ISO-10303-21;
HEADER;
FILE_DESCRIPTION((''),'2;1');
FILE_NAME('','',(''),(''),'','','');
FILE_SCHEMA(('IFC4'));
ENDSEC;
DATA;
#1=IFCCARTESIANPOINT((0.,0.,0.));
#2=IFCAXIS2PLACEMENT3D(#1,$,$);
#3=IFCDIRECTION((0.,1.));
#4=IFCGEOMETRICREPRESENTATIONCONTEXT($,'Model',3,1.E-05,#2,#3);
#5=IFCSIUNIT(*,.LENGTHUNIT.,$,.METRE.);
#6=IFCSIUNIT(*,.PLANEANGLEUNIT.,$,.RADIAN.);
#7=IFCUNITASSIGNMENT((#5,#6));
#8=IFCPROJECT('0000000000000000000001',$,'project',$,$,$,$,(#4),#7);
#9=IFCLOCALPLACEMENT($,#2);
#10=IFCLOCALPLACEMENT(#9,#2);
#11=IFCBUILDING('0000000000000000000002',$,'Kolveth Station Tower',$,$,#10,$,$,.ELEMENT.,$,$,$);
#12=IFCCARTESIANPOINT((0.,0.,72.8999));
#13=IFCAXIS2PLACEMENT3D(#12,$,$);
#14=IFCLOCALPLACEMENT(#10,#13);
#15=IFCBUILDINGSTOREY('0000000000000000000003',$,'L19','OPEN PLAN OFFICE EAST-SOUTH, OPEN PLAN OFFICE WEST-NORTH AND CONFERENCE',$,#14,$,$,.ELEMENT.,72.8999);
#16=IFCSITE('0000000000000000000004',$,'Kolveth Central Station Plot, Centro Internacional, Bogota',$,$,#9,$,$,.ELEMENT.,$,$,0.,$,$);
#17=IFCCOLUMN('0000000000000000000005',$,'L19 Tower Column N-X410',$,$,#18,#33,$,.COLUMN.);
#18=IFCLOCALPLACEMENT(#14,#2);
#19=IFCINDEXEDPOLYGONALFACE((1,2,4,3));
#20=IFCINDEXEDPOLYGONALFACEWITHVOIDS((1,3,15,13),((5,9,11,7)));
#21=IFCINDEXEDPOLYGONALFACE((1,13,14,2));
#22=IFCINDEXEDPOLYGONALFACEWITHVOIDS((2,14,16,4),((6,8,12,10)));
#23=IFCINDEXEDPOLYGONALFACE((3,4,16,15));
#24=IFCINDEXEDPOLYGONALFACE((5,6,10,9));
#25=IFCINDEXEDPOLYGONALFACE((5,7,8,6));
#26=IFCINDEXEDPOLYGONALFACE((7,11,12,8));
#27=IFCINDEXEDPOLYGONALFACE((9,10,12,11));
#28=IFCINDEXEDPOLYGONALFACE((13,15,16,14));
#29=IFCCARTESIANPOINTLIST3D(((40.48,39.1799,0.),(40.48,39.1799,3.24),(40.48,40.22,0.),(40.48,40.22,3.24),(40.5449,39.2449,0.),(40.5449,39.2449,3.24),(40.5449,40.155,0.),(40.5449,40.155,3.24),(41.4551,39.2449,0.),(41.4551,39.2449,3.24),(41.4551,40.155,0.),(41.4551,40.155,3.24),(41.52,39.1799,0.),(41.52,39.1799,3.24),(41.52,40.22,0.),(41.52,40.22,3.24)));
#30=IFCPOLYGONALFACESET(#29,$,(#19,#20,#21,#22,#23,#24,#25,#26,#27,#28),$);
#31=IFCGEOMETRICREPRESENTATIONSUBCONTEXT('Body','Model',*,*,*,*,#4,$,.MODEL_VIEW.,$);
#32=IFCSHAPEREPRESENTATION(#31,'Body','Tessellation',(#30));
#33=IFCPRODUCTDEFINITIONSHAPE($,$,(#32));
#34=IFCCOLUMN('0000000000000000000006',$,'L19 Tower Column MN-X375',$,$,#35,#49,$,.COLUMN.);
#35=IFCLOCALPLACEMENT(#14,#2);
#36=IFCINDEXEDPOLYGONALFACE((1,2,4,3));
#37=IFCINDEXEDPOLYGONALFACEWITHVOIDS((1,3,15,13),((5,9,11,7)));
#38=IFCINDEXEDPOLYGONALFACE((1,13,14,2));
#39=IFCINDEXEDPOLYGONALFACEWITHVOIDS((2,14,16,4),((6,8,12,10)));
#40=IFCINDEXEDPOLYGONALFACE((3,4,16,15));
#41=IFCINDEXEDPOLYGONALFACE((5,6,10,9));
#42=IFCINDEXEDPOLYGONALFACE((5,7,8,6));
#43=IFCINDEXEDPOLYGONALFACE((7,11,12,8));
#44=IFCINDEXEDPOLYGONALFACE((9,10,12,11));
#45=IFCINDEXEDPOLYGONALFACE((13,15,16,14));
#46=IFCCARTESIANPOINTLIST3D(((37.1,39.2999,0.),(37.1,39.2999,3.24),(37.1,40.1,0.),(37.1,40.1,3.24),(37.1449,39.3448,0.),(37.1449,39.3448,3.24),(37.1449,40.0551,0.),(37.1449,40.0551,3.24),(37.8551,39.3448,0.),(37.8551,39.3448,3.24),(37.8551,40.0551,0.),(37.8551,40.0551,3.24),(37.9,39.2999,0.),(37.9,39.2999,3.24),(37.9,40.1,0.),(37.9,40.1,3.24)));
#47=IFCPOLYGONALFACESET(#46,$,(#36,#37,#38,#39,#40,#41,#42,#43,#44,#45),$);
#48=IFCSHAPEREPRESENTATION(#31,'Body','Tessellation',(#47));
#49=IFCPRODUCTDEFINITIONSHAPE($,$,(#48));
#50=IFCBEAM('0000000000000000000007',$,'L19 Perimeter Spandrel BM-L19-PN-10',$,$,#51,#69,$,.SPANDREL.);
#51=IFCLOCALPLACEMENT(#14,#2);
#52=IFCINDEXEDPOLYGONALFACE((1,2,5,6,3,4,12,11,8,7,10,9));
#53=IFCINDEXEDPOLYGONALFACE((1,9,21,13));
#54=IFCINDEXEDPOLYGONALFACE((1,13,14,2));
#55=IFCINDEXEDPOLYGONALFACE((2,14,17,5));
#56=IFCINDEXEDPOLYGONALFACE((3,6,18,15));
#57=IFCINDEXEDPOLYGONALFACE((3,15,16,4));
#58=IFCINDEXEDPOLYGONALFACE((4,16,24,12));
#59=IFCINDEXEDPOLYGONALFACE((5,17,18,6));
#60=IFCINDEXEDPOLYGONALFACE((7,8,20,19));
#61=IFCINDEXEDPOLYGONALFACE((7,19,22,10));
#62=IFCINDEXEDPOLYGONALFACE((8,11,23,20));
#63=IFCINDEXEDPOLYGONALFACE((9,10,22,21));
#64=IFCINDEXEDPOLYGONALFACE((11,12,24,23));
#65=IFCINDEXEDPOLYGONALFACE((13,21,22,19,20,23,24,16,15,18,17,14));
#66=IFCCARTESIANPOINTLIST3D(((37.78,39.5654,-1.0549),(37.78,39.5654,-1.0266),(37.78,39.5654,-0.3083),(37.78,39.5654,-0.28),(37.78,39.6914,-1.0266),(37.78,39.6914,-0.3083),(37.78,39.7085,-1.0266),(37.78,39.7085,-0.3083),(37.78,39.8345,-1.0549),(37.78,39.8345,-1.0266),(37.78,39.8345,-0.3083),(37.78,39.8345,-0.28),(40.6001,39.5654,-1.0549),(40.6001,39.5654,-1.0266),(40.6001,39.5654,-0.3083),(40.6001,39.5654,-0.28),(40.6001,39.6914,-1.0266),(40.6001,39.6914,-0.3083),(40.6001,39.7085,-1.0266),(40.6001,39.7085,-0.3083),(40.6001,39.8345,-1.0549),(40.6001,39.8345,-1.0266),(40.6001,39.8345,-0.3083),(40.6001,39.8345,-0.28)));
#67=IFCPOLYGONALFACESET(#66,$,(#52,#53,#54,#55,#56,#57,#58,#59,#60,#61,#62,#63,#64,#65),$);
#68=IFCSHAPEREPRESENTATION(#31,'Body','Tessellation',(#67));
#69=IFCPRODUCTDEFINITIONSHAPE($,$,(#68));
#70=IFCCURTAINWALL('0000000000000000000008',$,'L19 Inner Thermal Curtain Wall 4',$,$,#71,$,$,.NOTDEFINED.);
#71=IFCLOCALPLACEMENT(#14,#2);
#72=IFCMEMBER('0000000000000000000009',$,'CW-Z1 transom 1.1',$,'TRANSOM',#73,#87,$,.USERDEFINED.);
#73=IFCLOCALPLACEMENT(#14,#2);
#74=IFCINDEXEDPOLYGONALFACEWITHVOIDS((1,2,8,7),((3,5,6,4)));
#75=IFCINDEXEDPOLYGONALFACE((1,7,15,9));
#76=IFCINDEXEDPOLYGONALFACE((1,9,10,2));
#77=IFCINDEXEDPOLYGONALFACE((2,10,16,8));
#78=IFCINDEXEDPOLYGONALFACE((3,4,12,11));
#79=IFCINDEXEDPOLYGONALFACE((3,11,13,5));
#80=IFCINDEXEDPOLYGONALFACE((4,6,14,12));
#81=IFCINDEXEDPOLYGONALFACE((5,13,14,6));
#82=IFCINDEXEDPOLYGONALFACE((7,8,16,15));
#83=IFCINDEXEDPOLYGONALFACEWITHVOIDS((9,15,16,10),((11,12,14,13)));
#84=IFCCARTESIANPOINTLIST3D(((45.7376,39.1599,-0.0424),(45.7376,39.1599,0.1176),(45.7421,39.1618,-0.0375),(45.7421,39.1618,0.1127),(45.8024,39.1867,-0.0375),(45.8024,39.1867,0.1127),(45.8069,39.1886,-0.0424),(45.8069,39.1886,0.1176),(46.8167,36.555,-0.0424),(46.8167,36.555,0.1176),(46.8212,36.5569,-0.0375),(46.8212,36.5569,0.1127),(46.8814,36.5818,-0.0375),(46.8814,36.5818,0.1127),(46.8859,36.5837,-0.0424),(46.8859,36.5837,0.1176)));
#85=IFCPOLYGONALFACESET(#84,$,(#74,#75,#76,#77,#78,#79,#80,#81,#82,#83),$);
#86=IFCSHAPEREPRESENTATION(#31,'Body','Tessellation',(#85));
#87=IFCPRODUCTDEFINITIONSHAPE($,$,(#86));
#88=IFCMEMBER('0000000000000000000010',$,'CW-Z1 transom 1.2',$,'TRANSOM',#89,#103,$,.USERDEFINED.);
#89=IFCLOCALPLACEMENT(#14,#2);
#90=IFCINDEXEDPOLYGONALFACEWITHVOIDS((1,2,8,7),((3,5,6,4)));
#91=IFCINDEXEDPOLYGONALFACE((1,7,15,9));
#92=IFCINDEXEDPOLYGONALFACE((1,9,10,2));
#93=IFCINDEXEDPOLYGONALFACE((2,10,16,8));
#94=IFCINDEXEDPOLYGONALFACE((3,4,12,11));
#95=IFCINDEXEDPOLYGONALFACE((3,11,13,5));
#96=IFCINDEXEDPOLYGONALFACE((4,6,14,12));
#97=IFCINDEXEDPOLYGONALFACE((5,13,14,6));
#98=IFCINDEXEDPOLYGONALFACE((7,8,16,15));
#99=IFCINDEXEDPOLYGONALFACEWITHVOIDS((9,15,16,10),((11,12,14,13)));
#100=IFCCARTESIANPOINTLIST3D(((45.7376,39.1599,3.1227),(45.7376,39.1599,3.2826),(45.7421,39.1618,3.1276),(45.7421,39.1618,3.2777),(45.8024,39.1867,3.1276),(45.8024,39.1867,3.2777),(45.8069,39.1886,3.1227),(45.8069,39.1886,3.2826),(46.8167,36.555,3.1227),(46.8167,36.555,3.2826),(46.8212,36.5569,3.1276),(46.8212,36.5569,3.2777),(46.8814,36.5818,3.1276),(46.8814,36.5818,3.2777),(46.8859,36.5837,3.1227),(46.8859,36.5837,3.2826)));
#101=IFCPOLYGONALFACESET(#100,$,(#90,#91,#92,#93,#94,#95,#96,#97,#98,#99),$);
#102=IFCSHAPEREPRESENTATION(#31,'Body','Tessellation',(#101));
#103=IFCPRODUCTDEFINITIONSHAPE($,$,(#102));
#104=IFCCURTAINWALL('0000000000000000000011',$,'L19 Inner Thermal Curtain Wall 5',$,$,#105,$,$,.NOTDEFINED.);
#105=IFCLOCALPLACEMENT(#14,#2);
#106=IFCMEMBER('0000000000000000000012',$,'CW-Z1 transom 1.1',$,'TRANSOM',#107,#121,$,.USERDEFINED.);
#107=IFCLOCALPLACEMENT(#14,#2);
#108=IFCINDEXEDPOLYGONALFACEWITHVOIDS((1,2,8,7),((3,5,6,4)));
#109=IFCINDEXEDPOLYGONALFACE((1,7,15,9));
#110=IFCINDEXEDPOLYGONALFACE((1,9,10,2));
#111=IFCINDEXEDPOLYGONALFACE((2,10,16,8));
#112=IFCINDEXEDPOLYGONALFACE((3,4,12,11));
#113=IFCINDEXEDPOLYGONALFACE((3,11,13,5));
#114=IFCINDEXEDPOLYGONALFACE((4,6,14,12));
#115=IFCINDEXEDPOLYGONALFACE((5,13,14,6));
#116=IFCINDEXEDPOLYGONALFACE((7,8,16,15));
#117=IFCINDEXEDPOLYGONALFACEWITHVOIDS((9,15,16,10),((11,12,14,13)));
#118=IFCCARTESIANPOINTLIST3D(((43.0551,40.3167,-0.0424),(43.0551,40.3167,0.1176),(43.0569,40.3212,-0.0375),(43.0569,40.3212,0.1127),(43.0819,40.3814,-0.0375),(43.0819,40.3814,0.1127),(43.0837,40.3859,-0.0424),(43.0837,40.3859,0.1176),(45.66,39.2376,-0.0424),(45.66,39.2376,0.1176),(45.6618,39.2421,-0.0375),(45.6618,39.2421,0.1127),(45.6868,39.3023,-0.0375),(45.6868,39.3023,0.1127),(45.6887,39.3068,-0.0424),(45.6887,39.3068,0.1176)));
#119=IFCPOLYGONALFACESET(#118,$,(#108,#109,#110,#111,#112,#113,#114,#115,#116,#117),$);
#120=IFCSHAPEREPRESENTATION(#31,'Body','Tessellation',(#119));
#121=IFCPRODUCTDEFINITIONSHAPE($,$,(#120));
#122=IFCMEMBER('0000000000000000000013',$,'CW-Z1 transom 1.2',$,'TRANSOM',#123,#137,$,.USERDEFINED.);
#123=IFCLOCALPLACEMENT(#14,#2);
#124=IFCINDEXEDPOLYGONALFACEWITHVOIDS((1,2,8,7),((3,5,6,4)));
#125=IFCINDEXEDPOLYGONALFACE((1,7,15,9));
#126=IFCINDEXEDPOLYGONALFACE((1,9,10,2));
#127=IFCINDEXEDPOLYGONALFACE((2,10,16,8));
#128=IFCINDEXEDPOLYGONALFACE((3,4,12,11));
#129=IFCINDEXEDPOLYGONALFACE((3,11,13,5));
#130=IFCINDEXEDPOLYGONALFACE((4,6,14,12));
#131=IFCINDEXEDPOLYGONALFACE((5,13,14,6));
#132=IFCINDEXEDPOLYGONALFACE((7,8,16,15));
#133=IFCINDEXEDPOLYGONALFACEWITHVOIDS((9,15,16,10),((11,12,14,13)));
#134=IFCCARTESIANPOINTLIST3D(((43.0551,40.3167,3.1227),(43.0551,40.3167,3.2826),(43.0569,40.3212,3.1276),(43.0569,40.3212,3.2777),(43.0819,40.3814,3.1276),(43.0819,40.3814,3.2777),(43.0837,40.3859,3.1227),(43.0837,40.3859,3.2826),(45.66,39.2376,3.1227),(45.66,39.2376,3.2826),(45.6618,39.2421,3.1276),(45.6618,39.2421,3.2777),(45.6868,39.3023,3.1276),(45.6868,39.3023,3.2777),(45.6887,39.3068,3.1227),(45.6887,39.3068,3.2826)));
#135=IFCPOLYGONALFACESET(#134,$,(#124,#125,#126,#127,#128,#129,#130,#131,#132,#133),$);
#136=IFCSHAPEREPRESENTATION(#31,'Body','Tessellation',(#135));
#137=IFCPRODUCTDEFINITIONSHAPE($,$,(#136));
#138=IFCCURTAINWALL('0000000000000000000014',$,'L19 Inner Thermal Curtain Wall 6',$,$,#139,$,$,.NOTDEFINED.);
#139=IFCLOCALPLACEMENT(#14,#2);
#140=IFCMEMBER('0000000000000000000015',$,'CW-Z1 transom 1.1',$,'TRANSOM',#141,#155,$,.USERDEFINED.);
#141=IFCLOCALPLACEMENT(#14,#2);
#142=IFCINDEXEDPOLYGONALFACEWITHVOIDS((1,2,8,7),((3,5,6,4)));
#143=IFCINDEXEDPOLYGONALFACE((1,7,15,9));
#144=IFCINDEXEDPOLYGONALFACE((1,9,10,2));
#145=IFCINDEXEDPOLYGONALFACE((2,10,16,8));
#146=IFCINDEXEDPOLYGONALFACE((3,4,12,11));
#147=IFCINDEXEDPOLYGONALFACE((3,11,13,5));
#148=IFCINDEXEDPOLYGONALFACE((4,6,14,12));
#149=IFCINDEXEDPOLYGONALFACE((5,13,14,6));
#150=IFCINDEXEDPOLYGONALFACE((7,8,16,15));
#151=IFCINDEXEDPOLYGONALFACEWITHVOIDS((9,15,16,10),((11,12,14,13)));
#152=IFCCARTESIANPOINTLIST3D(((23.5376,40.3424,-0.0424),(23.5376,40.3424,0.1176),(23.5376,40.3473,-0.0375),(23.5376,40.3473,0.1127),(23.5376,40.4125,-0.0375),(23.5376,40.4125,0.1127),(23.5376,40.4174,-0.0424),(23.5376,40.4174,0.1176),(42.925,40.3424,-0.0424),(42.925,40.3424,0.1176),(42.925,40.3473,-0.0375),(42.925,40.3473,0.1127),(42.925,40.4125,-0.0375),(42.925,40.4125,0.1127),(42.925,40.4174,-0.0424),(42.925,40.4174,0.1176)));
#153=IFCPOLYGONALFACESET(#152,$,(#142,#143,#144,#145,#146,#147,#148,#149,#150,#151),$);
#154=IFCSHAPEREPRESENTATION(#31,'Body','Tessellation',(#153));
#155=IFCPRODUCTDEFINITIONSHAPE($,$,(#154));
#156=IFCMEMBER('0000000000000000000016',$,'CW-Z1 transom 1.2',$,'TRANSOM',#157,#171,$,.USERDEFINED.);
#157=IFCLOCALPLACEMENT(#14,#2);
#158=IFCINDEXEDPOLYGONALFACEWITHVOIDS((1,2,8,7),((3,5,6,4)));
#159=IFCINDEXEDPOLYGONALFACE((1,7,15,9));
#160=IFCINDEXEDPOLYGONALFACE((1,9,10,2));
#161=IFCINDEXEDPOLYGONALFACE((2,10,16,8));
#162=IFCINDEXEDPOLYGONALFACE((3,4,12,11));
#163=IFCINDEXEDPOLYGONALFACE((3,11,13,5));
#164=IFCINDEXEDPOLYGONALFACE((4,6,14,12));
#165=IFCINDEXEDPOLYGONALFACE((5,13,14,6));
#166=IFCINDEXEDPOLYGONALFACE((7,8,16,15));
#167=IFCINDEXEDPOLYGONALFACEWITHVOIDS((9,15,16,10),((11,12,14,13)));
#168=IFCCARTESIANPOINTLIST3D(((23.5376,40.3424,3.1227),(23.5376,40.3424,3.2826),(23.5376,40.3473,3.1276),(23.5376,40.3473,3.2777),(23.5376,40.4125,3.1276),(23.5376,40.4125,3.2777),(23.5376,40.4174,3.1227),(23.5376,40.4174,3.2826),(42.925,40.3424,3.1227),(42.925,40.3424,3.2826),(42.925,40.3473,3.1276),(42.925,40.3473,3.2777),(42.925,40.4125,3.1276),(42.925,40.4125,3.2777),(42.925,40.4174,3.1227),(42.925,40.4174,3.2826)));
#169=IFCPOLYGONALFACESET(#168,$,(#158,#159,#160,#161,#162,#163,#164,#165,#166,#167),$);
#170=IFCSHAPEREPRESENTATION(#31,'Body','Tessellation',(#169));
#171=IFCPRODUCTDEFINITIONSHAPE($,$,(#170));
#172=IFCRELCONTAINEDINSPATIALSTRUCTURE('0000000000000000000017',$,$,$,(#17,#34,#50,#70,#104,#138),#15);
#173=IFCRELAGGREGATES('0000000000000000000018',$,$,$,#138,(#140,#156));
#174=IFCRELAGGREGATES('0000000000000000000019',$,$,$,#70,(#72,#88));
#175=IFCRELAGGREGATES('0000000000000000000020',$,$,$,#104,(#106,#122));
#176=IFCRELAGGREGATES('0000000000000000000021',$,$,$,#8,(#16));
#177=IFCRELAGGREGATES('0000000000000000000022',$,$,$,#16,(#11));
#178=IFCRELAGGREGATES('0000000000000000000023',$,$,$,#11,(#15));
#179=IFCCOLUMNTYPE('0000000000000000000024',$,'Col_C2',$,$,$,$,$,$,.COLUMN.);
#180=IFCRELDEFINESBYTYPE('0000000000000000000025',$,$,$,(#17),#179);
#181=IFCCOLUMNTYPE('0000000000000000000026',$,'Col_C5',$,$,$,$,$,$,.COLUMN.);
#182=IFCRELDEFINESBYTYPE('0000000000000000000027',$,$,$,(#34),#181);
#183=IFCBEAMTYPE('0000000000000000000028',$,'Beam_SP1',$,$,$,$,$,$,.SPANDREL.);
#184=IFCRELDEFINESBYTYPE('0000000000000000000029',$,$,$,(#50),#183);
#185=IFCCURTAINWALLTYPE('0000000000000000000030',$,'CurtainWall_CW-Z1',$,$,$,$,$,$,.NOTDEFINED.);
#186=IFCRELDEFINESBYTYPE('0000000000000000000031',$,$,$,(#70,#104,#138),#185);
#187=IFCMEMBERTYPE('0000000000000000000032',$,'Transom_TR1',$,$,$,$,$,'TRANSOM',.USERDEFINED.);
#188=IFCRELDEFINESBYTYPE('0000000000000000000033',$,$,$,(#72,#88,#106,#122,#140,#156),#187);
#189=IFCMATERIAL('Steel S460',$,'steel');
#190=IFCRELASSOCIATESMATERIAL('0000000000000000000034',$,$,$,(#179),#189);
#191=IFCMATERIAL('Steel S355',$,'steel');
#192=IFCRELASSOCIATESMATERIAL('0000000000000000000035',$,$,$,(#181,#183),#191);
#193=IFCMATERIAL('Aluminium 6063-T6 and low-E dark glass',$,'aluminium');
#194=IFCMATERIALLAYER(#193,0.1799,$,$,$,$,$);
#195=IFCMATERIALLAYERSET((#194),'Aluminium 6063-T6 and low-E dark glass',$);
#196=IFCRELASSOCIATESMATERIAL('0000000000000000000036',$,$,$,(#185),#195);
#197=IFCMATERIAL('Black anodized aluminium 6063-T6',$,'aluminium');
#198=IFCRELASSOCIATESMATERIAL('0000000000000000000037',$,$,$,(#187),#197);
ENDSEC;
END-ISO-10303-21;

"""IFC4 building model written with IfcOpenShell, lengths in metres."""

from ifc_helpers import new_model, si_unit, direction, frame, origin, origin_2d, place, context, subcontext, project, spatial, hollow_rectangle, i_section, extrude, source, transform, mapped, material, layer, layer_set, material_profile, profile_set, type_object, element, aggregate, save


model = new_model("IFC4")

# Units and contexts
model_context = context("Model", 3, precision=1e-05, world=origin(), true_north=direction((0.0, 1.0)))
body_context = subcontext(model_context, "Body", "Model", "MODEL_VIEW")
ifc_project = project(units=[si_unit("LENGTHUNIT", "METRE"), si_unit("PLANEANGLEUNIT", "RADIAN")], contexts=[model_context])

# Site, building, storey
site_placement = place(None, origin())
site = spatial("IfcSite", under=ifc_project, at=site_placement, Name="Kolveth Central Station Plot, Centro Internacional, Bogota", CompositionType="ELEMENT", RefElevation=0.0)
building_placement = place(site_placement, origin())
building = spatial("IfcBuilding", under=site, at=building_placement, Name="Kolveth Station Tower", CompositionType="ELEMENT")
storey_placement = place(building_placement, frame((0.0, 0.0, 72.8999)))
storey = spatial("IfcBuildingStorey", under=building, at=storey_placement, Name="L19", Description="OPEN PLAN OFFICE EAST-SOUTH, OPEN PLAN OFFICE WEST-NORTH AND CONFERENCE", CompositionType="ELEMENT", Elevation=72.8999)

# Columns
ifc_material_1 = material(Name="Steel S460", Category="steel")
ifc_material_profile_1 = material_profile(ifc_material_1, hollow_rectangle(XDim=1.04, YDim=1.04, WallThickness=0.0649, at=origin_2d()), Name="BOX1040x1040x65")
ifc_profile_set_1 = profile_set([ifc_material_profile_1], Name="Steel S460")
column_type_1 = type_object("IfcColumnType", Name="Col_C2", PredefinedType="COLUMN", material=ifc_profile_set_1)
shared_shape_1 = source(origin(), body_context, "Body", "SweptSolid", [
    extrude(hollow_rectangle(XDim=1.04, YDim=1.04, WallThickness=0.0649, at=origin_2d()), origin(), (0.0, 0.0, 1.0), 3.24),
])
column_1_placement = place(storey_placement, frame((41.0, 39.7, 0.0), z_axis=(0.0, 0.0, 1.0), x_axis=(1.0, 0.0, 0.0)))
element("IfcColumn", 1, at=column_1_placement, inside=storey, type_object=column_type_1, Name="L19 Tower Column N-X410", PredefinedType="COLUMN", context=body_context, shape_type="MappedRepresentation", body=[
    mapped(shared_shape_1, transform((0.0, 0.0, 0.0), x_axis=(1.0, 0.0, 0.0), y_axis=(0.0, 1.0, 0.0), z_axis=(0.0, 0.0, 1.0), scale=1.0)),
])
ifc_material_2 = material(Name="Steel S355", Category="steel")
ifc_material_profile_2 = material_profile(ifc_material_2, hollow_rectangle(XDim=0.8, YDim=0.8, WallThickness=0.0449, at=origin_2d()), Name="BOX800x800x45")
ifc_profile_set_2 = profile_set([ifc_material_profile_2], Name="Steel S355")
column_type_2 = type_object("IfcColumnType", Name="Col_C5", PredefinedType="COLUMN", material=ifc_profile_set_2)
shared_shape_2 = source(origin(), body_context, "Body", "SweptSolid", [
    extrude(hollow_rectangle(XDim=0.8, YDim=0.8, WallThickness=0.0449, at=origin_2d()), origin(), (0.0, 0.0, 1.0), 3.24),
])
column_2_placement = place(storey_placement, frame((37.5, 39.7, 0.0), z_axis=(0.0, 0.0, 1.0), x_axis=(1.0, 0.0, 0.0)))
element("IfcColumn", 2, at=column_2_placement, inside=storey, type_object=column_type_2, Name="L19 Tower Column MN-X375", PredefinedType="COLUMN", context=body_context, shape_type="MappedRepresentation", body=[
    mapped(shared_shape_2, transform((0.0, 0.0, 0.0), x_axis=(1.0, 0.0, 0.0), y_axis=(0.0, 1.0, 0.0), z_axis=(0.0, 0.0, 1.0), scale=1.0)),
])

# Beam
ifc_material_profile_3 = material_profile(ifc_material_2, i_section(OverallWidth=0.269, OverallDepth=0.7749, WebThickness=0.0171, FlangeThickness=0.0283, at=origin_2d()), Name="W760x220")
ifc_profile_set_3 = profile_set([ifc_material_profile_3], Name="Steel S355")
beam_type = type_object("IfcBeamType", Name="Beam_SP1", PredefinedType="SPANDREL", material=ifc_profile_set_3)
shared_shape_3 = source(origin(), body_context, "Body", "SweptSolid", [
    extrude(i_section(OverallWidth=0.269, OverallDepth=0.7749, WebThickness=0.0171, FlangeThickness=0.0283, at=origin_2d()), origin(), (0.0, 0.0, 1.0), 2.8201),
])
beam_placement = place(storey_placement, frame((37.78, 39.7, -0.6675), z_axis=(1.0, 0.0, 0.0), x_axis=(0.0, 1.0, 0.0)))
element("IfcBeam", 3, at=beam_placement, inside=storey, type_object=beam_type, Name="L19 Perimeter Spandrel BM-L19-PN-10", PredefinedType="SPANDREL", context=body_context, shape_type="MappedRepresentation", body=[
    mapped(shared_shape_3, transform((0.0, 0.0, 0.0), x_axis=(1.0, 0.0, 0.0), y_axis=(0.0, 1.0, 0.0), z_axis=(0.0, 0.0, 1.0), scale=1.0)),
])

# Curtain walls, members
ifc_material_3 = material(Name="Aluminium 6063-T6 and low-E dark glass", Category="aluminium")
ifc_layer_1 = layer(ifc_material_3, 0.1799)
ifc_layer_set_1 = layer_set([ifc_layer_1], Name="Aluminium 6063-T6 and low-E dark glass")
curtain_wall_type_1 = type_object("IfcCurtainWallType", Name="CurtainWall_CW-Z1", PredefinedType="NOTDEFINED", material=ifc_layer_set_1)
curtain_wall_1_placement = place(storey_placement, origin())
curtain_wall_1 = element("IfcCurtainWall", 4, at=curtain_wall_1_placement, inside=storey, type_object=curtain_wall_type_1, Name="L19 Inner Thermal Curtain Wall 4", PredefinedType="NOTDEFINED")
ifc_material_4 = material(Name="Black anodized aluminium 6063-T6", Category="aluminium")
ifc_material_profile_4 = material_profile(ifc_material_4, hollow_rectangle(XDim=0.075, YDim=0.1599, WallThickness=0.0049, at=origin_2d()), Name="ALU-75x160x5")
ifc_profile_set_4 = profile_set([ifc_material_profile_4], Name="Black anodized aluminium 6063-T6")
member_type_1 = type_object("IfcMemberType", Name="Transom_TR1", ElementType="TRANSOM", PredefinedType="USERDEFINED", material=ifc_profile_set_4)
shared_shape_4 = source(origin(), body_context, "Body", "SweptSolid", [
    extrude(hollow_rectangle(XDim=0.075, YDim=0.1599, WallThickness=0.0049, at=origin_2d()), origin(), (0.0, 0.0, 1.0), 2.8196),
])
member_1_placement = place(storey_placement, frame((46.8513, 36.5693, 0.0376), z_axis=(-0.382709, 0.923869, 0.0), x_axis=(-0.923869, -0.382709, 0.0)))
member_1 = element("IfcMember", 5, at=member_1_placement, type_object=member_type_1, Name="CW-Z1 transom 1.1", ObjectType="TRANSOM", PredefinedType="USERDEFINED", context=body_context, shape_type="MappedRepresentation", body=[
    mapped(shared_shape_4, transform((0.0, 0.0, 0.0), x_axis=(1.0, 0.0, 0.0), y_axis=(0.0, 1.0, 0.0), z_axis=(0.0, 0.0, 1.0), scale=1.0)),
])
member_2_placement = place(storey_placement, frame((46.8513, 36.5693, 3.2026), z_axis=(-0.382709, 0.923869, 0.0), x_axis=(-0.923869, -0.382709, 0.0)))
member_2 = element("IfcMember", 6, at=member_2_placement, type_object=member_type_1, Name="CW-Z1 transom 1.2", ObjectType="TRANSOM", PredefinedType="USERDEFINED", context=body_context, shape_type="MappedRepresentation", body=[
    mapped(shared_shape_4, transform((0.0, 0.0, 0.0), x_axis=(1.0, 0.0, 0.0), y_axis=(0.0, 1.0, 0.0), z_axis=(0.0, 0.0, 1.0), scale=1.0)),
])
curtain_wall_2_placement = place(storey_placement, origin())
curtain_wall_2 = element("IfcCurtainWall", 7, at=curtain_wall_2_placement, inside=storey, type_object=curtain_wall_type_1, Name="L19 Inner Thermal Curtain Wall 5", PredefinedType="NOTDEFINED")
member_3_placement = place(storey_placement, frame((45.6743, 39.2722, 0.0376), z_axis=(-0.923869, 0.382709, 0.0), x_axis=(-0.382709, -0.923869, 0.0)))
member_3 = element("IfcMember", 8, at=member_3_placement, type_object=member_type_1, Name="CW-Z1 transom 1.1", ObjectType="TRANSOM", PredefinedType="USERDEFINED", context=body_context, shape_type="MappedRepresentation", body=[
    mapped(shared_shape_4, transform((0.0, 0.0, 0.0), x_axis=(1.0, 0.0, 0.0), y_axis=(0.0, 1.0, 0.0), z_axis=(0.0, 0.0, 1.0), scale=1.0)),
])
member_4_placement = place(storey_placement, frame((45.6743, 39.2722, 3.2026), z_axis=(-0.923869, 0.382709, 0.0), x_axis=(-0.382709, -0.923869, 0.0)))
member_4 = element("IfcMember", 9, at=member_4_placement, type_object=member_type_1, Name="CW-Z1 transom 1.2", ObjectType="TRANSOM", PredefinedType="USERDEFINED", context=body_context, shape_type="MappedRepresentation", body=[
    mapped(shared_shape_4, transform((0.0, 0.0, 0.0), x_axis=(1.0, 0.0, 0.0), y_axis=(0.0, 1.0, 0.0), z_axis=(0.0, 0.0, 1.0), scale=1.0)),
])
curtain_wall_3_placement = place(storey_placement, origin())
curtain_wall_3 = element("IfcCurtainWall", 10, at=curtain_wall_3_placement, inside=storey, type_object=curtain_wall_type_1, Name="L19 Inner Thermal Curtain Wall 6", PredefinedType="NOTDEFINED")
shared_shape_5 = source(origin(), body_context, "Body", "SweptSolid", [
    extrude(hollow_rectangle(XDim=0.075, YDim=0.1599, WallThickness=0.0049, at=origin_2d()), origin(), (0.0, 0.0, 1.0), 19.3875),
])
member_5_placement = place(storey_placement, frame((42.925, 40.3799, 0.0376), z_axis=(-1.0, 0.0, 0.0), x_axis=(0.0, -1.0, 0.0)))
member_5 = element("IfcMember", 11, at=member_5_placement, type_object=member_type_1, Name="CW-Z1 transom 1.1", ObjectType="TRANSOM", PredefinedType="USERDEFINED", context=body_context, shape_type="MappedRepresentation", body=[
    mapped(shared_shape_5, transform((0.0, 0.0, 0.0), x_axis=(1.0, 0.0, 0.0), y_axis=(0.0, 1.0, 0.0), z_axis=(0.0, 0.0, 1.0), scale=1.0)),
])
member_6_placement = place(storey_placement, frame((42.925, 40.3799, 3.2026), z_axis=(-1.0, 0.0, 0.0), x_axis=(0.0, -1.0, 0.0)))
member_6 = element("IfcMember", 12, at=member_6_placement, type_object=member_type_1, Name="CW-Z1 transom 1.2", ObjectType="TRANSOM", PredefinedType="USERDEFINED", context=body_context, shape_type="MappedRepresentation", body=[
    mapped(shared_shape_5, transform((0.0, 0.0, 0.0), x_axis=(1.0, 0.0, 0.0), y_axis=(0.0, 1.0, 0.0), z_axis=(0.0, 0.0, 1.0), scale=1.0)),
])

aggregate(curtain_wall_3, [member_5, member_6])

aggregate(curtain_wall_1, [member_1, member_2])
aggregate(curtain_wall_2, [member_3, member_4])

save(model, "model.ifc")
